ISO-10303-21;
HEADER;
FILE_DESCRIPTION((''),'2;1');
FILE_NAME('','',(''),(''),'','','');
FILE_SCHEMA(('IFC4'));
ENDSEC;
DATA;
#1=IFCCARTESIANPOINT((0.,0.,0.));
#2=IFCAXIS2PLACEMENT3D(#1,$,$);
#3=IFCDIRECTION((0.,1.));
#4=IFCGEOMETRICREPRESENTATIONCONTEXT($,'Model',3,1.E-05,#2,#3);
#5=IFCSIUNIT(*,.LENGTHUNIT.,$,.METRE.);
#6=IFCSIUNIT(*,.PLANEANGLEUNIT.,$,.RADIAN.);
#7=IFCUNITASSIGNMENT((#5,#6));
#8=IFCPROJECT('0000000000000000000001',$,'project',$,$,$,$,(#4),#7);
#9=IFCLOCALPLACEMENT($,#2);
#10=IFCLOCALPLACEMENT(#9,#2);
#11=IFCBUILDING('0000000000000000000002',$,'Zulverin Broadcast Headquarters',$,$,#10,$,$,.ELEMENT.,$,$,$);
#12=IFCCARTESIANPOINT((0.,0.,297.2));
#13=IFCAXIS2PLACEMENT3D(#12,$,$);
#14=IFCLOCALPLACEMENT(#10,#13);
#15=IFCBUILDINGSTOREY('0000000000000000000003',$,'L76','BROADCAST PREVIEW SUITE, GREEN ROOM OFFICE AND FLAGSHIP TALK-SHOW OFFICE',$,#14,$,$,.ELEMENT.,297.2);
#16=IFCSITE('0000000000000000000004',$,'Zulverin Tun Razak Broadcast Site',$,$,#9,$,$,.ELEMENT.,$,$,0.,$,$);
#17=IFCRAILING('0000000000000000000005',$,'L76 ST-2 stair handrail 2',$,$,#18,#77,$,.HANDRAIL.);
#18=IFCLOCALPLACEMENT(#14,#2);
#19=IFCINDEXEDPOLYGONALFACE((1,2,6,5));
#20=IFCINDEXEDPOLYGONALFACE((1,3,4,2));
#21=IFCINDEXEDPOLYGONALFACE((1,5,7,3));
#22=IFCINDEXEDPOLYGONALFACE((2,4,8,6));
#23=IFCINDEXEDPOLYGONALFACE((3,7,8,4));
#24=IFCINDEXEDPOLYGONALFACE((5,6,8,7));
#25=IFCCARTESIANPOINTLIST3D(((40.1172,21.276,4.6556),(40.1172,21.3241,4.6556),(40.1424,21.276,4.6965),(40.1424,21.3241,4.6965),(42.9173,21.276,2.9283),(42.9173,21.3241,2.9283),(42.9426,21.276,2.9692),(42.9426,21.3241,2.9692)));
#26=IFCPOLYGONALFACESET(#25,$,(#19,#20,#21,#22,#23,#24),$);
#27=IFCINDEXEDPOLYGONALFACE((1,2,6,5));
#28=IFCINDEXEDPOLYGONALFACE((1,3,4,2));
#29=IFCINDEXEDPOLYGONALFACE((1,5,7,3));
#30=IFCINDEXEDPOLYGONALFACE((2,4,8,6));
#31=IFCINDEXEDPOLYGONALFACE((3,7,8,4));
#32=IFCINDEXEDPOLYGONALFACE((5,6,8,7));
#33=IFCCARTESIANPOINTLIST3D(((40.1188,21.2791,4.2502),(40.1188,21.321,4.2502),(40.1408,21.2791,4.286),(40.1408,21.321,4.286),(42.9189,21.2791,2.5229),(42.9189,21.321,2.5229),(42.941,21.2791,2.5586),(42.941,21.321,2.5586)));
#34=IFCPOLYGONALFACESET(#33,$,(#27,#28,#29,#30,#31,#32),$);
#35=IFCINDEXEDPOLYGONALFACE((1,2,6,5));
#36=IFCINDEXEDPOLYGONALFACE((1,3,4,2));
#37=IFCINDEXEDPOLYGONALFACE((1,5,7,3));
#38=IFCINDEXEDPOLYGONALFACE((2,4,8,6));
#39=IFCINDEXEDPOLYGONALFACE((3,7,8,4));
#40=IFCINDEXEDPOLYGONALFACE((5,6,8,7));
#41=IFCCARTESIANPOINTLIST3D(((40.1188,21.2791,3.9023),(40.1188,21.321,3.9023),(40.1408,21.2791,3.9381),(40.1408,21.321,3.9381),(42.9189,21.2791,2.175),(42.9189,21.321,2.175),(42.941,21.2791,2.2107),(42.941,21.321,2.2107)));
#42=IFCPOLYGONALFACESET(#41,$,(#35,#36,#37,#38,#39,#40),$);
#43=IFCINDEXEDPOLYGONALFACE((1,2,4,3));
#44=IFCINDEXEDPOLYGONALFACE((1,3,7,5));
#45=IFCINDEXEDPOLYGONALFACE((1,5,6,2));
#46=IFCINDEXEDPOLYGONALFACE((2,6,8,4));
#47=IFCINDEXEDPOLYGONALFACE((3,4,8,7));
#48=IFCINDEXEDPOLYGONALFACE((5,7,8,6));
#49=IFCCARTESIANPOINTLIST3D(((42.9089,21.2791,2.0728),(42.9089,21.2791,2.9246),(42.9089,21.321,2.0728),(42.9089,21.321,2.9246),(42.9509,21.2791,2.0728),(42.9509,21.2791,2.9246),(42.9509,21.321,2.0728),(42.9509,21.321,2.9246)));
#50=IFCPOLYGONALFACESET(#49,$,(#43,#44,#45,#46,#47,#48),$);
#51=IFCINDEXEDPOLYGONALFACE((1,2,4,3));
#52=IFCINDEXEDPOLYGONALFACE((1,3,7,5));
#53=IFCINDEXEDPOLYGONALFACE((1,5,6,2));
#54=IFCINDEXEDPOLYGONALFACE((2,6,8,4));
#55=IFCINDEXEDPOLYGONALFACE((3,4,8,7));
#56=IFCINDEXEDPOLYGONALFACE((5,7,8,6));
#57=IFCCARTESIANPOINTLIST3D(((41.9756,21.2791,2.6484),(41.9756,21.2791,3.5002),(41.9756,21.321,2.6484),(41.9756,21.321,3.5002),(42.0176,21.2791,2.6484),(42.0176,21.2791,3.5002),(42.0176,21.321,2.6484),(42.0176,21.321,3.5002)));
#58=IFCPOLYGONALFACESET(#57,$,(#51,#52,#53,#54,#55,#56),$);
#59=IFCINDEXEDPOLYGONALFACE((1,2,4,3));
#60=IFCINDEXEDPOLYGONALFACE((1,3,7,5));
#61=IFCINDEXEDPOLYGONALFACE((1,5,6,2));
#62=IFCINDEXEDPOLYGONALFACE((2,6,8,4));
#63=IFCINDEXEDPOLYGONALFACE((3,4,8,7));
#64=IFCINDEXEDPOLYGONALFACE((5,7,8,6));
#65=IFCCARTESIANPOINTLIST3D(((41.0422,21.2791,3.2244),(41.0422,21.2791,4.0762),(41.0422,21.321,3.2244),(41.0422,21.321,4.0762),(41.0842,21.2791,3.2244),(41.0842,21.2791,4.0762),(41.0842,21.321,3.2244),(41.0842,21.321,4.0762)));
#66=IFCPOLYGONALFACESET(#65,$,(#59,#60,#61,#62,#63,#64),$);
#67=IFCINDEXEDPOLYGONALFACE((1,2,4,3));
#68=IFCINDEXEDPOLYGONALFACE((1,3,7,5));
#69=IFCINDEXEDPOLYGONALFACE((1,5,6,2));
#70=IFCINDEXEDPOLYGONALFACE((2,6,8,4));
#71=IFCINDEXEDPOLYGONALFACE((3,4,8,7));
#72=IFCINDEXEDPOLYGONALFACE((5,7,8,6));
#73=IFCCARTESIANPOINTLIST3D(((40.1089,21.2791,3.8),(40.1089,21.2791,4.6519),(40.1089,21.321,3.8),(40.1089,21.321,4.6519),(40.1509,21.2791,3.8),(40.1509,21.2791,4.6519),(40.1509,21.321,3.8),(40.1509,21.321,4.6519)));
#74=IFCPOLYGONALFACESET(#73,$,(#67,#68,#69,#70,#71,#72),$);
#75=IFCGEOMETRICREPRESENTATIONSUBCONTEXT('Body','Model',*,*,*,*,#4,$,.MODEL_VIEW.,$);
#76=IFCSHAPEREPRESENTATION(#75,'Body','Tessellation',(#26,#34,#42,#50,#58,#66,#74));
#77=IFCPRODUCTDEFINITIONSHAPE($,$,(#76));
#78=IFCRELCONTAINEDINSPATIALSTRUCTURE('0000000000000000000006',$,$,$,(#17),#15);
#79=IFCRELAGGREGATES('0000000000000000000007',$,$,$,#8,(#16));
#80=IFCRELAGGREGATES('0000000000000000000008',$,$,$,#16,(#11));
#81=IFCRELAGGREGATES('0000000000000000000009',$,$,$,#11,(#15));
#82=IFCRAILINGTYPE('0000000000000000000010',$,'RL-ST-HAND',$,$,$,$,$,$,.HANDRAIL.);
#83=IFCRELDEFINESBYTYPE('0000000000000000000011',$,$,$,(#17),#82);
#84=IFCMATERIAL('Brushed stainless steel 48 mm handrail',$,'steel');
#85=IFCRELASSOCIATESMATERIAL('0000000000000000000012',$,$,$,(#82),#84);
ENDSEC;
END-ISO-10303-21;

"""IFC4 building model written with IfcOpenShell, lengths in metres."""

from ifc_helpers import new_model, si_unit, direction, frame, origin, origin_2d, place, context, subcontext, project, spatial, rectangle, extrude, material, type_object, element, save


model = new_model("IFC4")

# Units and contexts
model_context = context("Model", 3, precision=1e-05, world=origin(), true_north=direction((0.0, 1.0)))
body_context = subcontext(model_context, "Body", "Model", "MODEL_VIEW")
ifc_project = project(units=[si_unit("LENGTHUNIT", "METRE"), si_unit("PLANEANGLEUNIT", "RADIAN")], contexts=[model_context])

# Site, building, storey
site_placement = place(None, origin())
site = spatial("IfcSite", under=ifc_project, at=site_placement, Name="Zulverin Tun Razak Broadcast Site", CompositionType="ELEMENT", RefElevation=0.0)
building_placement = place(site_placement, origin())
building = spatial("IfcBuilding", under=site, at=building_placement, Name="Zulverin Broadcast Headquarters", CompositionType="ELEMENT")
storey_placement = place(building_placement, frame((0.0, 0.0, 297.2)))
storey = spatial("IfcBuildingStorey", under=building, at=storey_placement, Name="L76", Description="BROADCAST PREVIEW SUITE, GREEN ROOM OFFICE AND FLAGSHIP TALK-SHOW OFFICE", CompositionType="ELEMENT", Elevation=297.2)

# Railing
ifc_material_1 = material(Name="Brushed stainless steel 48 mm handrail", Category="steel")
railing_type_1 = type_object("IfcRailingType", Name="RL-ST-HAND", PredefinedType="HANDRAIL", material=ifc_material_1)
railing_1_placement = place(storey_placement, frame((42.9299, 21.3, 2.0728)))
element("IfcRailing", 1, at=railing_1_placement, inside=storey, type_object=railing_type_1, Name="L76 ST-2 stair handrail 2", PredefinedType="HANDRAIL", context=body_context, shape_type="SweptSolid", body=[
    extrude(rectangle(XDim=0.0481, YDim=0.0481, at=origin_2d()), frame((0.0, 0.0, 0.876), z_axis=(-0.85109, 0.0, 0.52502), x_axis=(0.0, -1.0, 0.0)), (0.0, 0.0, 1.0), 3.29),
    extrude(rectangle(XDim=0.042, YDim=0.042, at=origin_2d()), frame((0.0, 0.0, 0.468), z_axis=(-0.85109, 0.0, 0.52502), x_axis=(0.0, -1.0, 0.0)), (0.0, 0.0, 1.0), 3.29),
    extrude(rectangle(XDim=0.042, YDim=0.042, at=origin_2d()), frame((0.0, 0.0, 0.1201), z_axis=(-0.85109, 0.0, 0.52502), x_axis=(0.0, -1.0, 0.0)), (0.0, 0.0, 1.0), 3.29),
    extrude(rectangle(XDim=0.042, YDim=0.042, at=origin_2d()), origin(), (0.0, 0.0, 1.0), 0.8518),
    extrude(rectangle(XDim=0.042, YDim=0.042, at=origin_2d()), frame((-0.9333, 0.0, 0.5757)), (0.0, 0.0, 1.0), 0.8518),
    extrude(rectangle(XDim=0.042, YDim=0.042, at=origin_2d()), frame((-1.8667, 0.0, 1.1516)), (0.0, 0.0, 1.0), 0.8518),
    extrude(rectangle(XDim=0.042, YDim=0.042, at=origin_2d()), frame((-2.8, 0.0, 1.7273)), (0.0, 0.0, 1.0), 0.8518),
])

save(model, "model.ifc")
